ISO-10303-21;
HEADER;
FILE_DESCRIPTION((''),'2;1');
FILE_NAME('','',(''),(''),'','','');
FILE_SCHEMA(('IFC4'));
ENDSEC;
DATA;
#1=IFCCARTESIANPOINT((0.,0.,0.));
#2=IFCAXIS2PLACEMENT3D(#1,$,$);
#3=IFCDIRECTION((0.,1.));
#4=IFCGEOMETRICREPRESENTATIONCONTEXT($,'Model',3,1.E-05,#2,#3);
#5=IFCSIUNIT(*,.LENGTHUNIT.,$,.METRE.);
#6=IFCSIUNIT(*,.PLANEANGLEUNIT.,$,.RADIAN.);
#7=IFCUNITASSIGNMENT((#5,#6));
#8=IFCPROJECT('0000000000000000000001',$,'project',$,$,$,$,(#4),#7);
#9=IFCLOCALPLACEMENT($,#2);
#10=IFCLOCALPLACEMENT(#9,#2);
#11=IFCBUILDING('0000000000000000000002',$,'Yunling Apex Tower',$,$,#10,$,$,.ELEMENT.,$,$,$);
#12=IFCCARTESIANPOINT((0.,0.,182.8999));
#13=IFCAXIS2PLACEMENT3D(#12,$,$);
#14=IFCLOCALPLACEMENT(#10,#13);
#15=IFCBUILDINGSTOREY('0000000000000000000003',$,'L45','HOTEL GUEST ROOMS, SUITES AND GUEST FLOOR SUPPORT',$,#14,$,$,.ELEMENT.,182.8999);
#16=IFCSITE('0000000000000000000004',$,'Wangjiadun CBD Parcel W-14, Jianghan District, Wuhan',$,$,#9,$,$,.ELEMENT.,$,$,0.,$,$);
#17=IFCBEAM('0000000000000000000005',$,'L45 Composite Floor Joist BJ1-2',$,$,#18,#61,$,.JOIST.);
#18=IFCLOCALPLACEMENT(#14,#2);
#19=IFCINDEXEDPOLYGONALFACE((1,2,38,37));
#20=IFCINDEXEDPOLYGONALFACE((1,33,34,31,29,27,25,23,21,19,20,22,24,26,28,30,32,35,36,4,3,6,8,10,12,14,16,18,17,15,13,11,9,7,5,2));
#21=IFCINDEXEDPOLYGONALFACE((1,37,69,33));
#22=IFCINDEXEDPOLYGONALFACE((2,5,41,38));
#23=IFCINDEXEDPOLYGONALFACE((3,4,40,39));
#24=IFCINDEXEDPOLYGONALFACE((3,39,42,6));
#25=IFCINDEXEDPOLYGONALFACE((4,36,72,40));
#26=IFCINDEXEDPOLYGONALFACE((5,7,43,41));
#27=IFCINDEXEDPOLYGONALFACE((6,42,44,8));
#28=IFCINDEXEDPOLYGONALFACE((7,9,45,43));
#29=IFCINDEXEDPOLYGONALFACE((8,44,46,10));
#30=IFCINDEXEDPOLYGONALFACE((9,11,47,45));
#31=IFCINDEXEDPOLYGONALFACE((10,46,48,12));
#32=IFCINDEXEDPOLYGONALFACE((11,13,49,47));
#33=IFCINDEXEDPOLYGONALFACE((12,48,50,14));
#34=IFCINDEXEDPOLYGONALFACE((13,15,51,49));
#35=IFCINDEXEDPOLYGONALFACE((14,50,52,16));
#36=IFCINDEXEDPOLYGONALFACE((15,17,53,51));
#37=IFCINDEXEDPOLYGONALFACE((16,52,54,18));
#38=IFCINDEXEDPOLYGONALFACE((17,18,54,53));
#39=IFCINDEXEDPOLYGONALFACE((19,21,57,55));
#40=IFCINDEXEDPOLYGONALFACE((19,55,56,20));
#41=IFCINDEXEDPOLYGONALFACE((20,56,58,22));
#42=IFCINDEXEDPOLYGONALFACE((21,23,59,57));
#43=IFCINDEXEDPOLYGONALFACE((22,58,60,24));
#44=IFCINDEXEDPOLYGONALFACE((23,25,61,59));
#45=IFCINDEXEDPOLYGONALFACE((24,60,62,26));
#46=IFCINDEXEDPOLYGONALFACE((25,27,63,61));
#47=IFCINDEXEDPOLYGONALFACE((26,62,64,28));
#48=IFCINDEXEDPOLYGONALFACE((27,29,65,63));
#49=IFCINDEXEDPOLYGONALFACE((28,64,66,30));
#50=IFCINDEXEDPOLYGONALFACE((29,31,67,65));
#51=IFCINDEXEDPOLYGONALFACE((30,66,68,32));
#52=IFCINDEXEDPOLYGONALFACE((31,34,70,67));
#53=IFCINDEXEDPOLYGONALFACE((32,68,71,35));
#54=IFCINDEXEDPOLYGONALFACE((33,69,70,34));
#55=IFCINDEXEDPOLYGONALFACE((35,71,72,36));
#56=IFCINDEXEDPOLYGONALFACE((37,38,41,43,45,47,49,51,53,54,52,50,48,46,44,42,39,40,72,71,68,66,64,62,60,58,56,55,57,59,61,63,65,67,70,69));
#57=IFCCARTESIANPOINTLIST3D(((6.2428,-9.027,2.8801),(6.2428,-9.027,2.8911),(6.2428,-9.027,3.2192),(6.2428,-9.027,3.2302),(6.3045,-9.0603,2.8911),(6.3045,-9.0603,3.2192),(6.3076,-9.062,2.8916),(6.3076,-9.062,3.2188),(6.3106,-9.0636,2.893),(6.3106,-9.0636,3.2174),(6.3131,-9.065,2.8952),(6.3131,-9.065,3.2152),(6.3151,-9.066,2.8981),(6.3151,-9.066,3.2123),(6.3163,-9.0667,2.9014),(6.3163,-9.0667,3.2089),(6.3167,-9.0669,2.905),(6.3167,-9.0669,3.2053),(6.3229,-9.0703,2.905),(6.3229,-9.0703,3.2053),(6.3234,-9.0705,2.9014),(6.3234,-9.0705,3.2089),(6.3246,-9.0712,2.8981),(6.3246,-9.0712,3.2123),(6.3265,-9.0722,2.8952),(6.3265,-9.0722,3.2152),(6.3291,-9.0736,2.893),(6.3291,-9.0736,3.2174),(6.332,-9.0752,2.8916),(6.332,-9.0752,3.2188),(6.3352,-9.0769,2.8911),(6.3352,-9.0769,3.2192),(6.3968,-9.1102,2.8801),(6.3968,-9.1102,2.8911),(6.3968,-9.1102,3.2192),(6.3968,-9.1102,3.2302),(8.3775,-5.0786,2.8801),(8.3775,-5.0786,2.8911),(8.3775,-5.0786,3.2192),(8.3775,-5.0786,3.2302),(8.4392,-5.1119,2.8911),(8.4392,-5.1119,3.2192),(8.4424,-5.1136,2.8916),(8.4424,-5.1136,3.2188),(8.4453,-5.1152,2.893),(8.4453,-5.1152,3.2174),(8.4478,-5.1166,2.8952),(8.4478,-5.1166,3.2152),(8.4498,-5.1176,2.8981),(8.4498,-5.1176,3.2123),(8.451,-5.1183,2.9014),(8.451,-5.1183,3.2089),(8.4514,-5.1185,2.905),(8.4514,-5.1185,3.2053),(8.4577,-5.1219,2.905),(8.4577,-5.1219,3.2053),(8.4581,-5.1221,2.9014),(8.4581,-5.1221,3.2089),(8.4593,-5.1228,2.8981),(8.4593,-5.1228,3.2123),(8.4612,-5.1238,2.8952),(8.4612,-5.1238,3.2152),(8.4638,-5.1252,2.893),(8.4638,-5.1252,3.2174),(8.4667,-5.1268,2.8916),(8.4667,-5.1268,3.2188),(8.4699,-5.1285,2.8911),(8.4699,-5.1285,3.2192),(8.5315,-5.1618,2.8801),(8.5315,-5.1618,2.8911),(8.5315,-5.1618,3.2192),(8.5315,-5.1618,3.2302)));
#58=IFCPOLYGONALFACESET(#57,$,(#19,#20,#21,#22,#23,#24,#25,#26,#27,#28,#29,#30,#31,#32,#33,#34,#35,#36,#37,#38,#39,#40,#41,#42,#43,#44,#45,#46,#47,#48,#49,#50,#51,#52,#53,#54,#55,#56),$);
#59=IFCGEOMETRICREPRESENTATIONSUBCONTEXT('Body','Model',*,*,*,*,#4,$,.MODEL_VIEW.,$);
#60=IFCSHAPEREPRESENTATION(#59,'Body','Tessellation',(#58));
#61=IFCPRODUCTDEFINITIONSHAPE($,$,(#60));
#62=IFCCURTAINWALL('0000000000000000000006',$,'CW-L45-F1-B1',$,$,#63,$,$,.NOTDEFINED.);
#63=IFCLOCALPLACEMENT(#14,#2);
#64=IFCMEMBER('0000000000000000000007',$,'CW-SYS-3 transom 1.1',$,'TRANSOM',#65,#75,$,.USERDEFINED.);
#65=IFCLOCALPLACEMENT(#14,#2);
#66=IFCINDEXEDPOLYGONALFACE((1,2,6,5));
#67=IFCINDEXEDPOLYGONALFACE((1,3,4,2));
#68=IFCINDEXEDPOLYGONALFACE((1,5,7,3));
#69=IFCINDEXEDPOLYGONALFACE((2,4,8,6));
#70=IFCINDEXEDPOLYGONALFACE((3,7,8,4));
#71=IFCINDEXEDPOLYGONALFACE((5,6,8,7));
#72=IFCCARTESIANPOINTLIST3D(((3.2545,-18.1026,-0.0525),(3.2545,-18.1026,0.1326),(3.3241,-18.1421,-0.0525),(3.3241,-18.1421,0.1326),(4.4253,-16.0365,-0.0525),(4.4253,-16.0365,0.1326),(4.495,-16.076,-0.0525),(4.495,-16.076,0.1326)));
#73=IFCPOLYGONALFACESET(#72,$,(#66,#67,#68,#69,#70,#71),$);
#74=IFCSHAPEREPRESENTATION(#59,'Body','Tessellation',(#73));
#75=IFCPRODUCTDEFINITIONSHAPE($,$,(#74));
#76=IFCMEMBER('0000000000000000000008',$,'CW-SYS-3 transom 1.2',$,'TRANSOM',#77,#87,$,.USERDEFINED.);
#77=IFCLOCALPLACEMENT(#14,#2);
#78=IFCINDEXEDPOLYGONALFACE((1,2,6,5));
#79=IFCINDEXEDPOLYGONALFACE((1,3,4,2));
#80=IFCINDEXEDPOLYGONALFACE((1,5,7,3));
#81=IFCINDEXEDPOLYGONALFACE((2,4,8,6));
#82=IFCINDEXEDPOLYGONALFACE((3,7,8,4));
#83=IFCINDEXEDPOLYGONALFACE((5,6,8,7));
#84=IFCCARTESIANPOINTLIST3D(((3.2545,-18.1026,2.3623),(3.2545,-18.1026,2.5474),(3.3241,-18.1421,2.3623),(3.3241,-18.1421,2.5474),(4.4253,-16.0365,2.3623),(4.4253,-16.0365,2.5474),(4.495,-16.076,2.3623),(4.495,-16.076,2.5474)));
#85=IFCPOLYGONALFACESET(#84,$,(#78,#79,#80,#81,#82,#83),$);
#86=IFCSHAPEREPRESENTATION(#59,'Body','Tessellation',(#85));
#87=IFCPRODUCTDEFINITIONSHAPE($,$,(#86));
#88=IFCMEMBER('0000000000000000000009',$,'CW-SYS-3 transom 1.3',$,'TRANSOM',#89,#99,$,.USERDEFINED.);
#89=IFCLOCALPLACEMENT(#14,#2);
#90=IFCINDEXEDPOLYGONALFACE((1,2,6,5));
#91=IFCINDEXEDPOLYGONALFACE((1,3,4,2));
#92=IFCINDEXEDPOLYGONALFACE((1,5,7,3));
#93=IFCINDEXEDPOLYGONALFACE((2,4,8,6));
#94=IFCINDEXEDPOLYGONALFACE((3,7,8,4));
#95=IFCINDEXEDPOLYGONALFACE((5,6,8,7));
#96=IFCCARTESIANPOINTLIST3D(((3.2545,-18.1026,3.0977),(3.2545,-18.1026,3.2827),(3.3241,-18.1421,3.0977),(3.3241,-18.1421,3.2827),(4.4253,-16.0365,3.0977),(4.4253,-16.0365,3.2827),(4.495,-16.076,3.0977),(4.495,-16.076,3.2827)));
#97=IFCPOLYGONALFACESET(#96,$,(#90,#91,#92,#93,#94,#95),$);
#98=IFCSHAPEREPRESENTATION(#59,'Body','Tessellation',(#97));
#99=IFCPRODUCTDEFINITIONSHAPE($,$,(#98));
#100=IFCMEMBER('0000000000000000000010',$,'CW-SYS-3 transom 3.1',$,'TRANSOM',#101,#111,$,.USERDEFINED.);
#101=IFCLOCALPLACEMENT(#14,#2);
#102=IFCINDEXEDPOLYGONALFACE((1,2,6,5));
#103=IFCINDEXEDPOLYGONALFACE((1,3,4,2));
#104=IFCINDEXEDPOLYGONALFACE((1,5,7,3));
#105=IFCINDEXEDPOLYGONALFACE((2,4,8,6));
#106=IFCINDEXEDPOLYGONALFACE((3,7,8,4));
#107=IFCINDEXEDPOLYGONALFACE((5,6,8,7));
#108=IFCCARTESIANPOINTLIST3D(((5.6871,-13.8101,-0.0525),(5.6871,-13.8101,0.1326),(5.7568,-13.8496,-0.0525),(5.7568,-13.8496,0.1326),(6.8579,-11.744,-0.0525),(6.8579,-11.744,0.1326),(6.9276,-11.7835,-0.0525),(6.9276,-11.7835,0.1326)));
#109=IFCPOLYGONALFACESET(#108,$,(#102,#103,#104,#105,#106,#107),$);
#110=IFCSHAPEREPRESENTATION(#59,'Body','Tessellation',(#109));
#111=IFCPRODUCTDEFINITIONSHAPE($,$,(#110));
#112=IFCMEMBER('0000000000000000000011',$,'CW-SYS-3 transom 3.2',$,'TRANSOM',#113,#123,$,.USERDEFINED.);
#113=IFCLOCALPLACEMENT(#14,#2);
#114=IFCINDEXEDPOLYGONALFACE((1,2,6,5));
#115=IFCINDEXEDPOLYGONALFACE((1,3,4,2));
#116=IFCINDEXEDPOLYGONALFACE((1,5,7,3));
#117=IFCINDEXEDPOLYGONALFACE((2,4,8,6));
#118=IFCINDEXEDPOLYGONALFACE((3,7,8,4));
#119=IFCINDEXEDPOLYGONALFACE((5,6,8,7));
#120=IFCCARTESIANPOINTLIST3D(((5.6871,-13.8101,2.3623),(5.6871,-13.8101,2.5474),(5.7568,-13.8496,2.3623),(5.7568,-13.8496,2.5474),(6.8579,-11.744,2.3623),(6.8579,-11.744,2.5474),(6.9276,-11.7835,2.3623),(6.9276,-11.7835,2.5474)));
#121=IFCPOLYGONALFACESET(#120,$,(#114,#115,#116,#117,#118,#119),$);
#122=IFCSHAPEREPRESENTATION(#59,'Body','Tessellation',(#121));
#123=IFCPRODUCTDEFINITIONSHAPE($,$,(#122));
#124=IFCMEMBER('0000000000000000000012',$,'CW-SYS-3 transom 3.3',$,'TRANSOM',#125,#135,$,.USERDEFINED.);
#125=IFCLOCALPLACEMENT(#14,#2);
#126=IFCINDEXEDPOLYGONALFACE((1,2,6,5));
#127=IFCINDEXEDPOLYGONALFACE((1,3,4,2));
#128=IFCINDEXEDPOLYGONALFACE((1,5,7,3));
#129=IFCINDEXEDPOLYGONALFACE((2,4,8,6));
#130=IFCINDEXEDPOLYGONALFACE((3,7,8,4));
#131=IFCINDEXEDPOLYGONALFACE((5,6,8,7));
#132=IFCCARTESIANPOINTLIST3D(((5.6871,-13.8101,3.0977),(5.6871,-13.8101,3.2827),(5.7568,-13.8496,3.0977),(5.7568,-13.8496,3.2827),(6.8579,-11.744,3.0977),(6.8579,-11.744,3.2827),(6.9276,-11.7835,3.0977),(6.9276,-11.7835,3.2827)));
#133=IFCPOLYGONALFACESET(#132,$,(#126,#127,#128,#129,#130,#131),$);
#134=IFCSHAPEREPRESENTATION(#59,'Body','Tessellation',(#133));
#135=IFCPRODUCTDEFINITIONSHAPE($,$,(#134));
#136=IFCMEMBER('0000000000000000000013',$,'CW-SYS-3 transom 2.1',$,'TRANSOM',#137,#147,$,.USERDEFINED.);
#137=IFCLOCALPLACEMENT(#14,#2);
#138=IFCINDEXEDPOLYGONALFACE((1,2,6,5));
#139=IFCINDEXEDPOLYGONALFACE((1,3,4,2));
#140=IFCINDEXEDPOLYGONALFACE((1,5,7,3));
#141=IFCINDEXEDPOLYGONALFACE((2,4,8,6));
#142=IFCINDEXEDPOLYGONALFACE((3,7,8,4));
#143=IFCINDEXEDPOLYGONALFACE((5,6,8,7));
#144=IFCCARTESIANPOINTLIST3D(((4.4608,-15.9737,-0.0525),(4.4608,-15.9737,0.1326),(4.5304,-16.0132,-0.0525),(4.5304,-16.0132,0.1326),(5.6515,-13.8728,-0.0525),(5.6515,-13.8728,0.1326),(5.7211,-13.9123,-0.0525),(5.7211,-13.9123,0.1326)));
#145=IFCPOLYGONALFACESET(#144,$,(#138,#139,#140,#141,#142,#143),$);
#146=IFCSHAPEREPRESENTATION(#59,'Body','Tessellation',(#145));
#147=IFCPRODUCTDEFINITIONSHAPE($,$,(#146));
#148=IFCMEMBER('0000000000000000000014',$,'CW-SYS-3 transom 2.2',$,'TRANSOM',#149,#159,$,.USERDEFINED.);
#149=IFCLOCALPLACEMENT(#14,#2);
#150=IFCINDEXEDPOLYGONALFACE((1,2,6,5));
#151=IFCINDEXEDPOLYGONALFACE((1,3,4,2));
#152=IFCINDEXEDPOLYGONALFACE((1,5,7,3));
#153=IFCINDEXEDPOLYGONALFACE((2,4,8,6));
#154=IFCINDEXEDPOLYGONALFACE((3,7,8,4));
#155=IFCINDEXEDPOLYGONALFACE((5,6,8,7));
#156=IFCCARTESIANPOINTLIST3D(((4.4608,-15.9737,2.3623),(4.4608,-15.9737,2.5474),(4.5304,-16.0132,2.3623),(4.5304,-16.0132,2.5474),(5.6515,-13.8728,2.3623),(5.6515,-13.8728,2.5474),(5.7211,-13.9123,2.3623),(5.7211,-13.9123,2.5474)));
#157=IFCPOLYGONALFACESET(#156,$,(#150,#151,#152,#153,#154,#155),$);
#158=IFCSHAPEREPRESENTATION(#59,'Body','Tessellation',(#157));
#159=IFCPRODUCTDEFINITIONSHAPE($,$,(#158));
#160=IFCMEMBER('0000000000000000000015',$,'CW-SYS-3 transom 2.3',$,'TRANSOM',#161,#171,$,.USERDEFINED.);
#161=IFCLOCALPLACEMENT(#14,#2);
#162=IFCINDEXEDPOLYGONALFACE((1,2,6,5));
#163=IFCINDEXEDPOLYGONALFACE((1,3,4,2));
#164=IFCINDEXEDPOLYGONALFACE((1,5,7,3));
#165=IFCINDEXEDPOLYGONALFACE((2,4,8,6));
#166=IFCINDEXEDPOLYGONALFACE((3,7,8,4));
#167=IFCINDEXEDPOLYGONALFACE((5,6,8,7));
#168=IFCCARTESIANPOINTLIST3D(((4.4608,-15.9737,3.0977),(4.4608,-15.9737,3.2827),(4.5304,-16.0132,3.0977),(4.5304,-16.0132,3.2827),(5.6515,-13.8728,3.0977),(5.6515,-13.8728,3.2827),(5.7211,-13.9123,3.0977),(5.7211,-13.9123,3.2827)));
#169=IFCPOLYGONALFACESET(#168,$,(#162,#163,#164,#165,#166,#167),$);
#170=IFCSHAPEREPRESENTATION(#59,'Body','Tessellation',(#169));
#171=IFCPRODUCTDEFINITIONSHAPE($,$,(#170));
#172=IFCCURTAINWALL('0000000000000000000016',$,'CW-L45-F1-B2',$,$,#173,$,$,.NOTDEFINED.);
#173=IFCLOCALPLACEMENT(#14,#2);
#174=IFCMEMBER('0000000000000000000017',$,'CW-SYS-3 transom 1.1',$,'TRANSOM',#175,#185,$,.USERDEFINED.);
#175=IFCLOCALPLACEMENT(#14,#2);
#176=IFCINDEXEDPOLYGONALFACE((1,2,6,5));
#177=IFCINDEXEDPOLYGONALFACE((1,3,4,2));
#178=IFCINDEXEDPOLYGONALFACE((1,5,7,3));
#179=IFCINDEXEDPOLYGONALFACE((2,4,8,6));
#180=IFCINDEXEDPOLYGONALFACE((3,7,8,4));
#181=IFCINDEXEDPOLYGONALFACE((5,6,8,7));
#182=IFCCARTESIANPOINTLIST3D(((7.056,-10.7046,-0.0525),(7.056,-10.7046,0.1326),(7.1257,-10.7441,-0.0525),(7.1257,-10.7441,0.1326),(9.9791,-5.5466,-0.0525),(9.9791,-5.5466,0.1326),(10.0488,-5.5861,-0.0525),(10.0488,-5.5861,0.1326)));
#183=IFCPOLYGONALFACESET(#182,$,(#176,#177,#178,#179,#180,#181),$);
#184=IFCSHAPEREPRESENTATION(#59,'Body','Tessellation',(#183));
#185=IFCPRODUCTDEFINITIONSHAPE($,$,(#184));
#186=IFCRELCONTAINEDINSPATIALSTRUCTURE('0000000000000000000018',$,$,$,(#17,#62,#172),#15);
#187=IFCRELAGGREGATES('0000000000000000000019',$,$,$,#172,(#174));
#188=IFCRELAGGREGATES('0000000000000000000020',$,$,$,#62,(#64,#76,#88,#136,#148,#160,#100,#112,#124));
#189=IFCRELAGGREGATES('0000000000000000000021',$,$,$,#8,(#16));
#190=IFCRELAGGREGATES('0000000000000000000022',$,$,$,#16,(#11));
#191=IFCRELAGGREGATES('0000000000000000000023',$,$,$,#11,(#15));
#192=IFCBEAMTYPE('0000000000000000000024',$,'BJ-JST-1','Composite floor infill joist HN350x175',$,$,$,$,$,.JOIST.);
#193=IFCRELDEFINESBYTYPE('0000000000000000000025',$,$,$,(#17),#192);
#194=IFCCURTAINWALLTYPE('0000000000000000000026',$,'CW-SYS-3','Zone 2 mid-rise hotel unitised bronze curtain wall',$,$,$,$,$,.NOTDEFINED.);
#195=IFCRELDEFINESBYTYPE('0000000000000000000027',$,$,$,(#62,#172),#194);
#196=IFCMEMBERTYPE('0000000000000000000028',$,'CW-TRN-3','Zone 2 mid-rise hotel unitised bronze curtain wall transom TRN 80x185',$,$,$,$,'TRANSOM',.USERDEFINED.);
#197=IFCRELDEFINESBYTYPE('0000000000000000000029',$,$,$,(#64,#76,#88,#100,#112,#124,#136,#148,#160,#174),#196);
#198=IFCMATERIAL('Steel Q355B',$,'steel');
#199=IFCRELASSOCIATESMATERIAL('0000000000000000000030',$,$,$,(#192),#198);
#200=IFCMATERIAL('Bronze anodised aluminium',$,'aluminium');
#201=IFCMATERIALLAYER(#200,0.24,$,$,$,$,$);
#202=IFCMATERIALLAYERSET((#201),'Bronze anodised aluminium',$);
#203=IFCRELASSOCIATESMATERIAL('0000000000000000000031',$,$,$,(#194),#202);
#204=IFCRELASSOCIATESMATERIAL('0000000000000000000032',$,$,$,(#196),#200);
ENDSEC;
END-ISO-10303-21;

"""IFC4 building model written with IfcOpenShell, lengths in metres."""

from ifc_helpers import new_model, si_unit, direction, frame, origin, origin_2d, place, context, subcontext, project, spatial, rectangle, i_section, extrude, source, transform, mapped, material, layer, layer_set, material_profile, profile_set, type_object, element, aggregate, save


model = new_model("IFC4")

# Units and contexts
model_context = context("Model", 3, precision=1e-05, world=origin(), true_north=direction((0.0, 1.0)))
body_context = subcontext(model_context, "Body", "Model", "MODEL_VIEW")
ifc_project = project(units=[si_unit("LENGTHUNIT", "METRE"), si_unit("PLANEANGLEUNIT", "RADIAN")], contexts=[model_context])

# Site, building, storey
site_placement = place(None, origin())
site = spatial("IfcSite", under=ifc_project, at=site_placement, Name="Wangjiadun CBD Parcel W-14, Jianghan District, Wuhan", CompositionType="ELEMENT", RefElevation=0.0)
building_placement = place(site_placement, origin())
building = spatial("IfcBuilding", under=site, at=building_placement, Name="Yunling Apex Tower", CompositionType="ELEMENT")
storey_placement = place(building_placement, frame((0.0, 0.0, 182.8999)))
storey = spatial("IfcBuildingStorey", under=building, at=storey_placement, Name="L45", Description="HOTEL GUEST ROOMS, SUITES AND GUEST FLOOR SUPPORT", CompositionType="ELEMENT", Elevation=182.8999)

# Beam
ifc_material_1 = material(Name="Steel Q355B", Category="steel")
ifc_material_profile_1 = material_profile(ifc_material_1, i_section(OverallWidth=0.175, OverallDepth=0.3501, WebThickness=0.0071, FlangeThickness=0.011, FilletRadius=0.0139, at=origin_2d()))
ifc_profile_set_1 = profile_set([ifc_material_profile_1], Name="Steel Q355B")
beam_type_1 = type_object("IfcBeamType", Name="BJ-JST-1", Description="Composite floor infill joist HN350x175", PredefinedType="JOIST", material=ifc_profile_set_1)
shared_shape_1 = source(origin(), body_context, "Body", "SweptSolid", [
    extrude(i_section(OverallWidth=0.175, OverallDepth=0.3501, WebThickness=0.0071, FlangeThickness=0.011, FilletRadius=0.0139, at=origin_2d()), origin(), (0.0, 0.0, 1.0), 4.4885),
])
beam_1_placement = place(storey_placement, frame((6.3198, -9.0686, 3.0552), z_axis=(0.475594, 0.879665, 0.0), x_axis=(-0.879665, 0.475594, 0.0)))
element("IfcBeam", 1, at=beam_1_placement, inside=storey, type_object=beam_type_1, Name="L45 Composite Floor Joist BJ1-2", PredefinedType="JOIST", context=body_context, shape_type="MappedRepresentation", body=[
    mapped(shared_shape_1, transform((0.0, 0.0, 0.0), scale=1.0)),
])

# Curtain walls, members
ifc_material_2 = material(Name="Bronze anodised aluminium", Category="aluminium")
ifc_layer_1 = layer(ifc_material_2, 0.24)
ifc_layer_set_1 = layer_set([ifc_layer_1], Name="Bronze anodised aluminium")
curtain_wall_type = type_object("IfcCurtainWallType", Name="CW-SYS-3", Description="Zone 2 mid-rise hotel unitised bronze curtain wall", PredefinedType="NOTDEFINED", material=ifc_layer_set_1)
curtain_wall_1_placement = place(storey_placement, origin())
curtain_wall_1 = element("IfcCurtainWall", 2, at=curtain_wall_1_placement, inside=storey, type_object=curtain_wall_type, Name="CW-L45-F1-B1", PredefinedType="NOTDEFINED")
ifc_material_profile_2 = material_profile(ifc_material_2, rectangle(XDim=0.0801, YDim=0.1851, at=origin_2d()))
ifc_profile_set_2 = profile_set([ifc_material_profile_2], Name="Bronze anodised aluminium")
member_type_1 = type_object("IfcMemberType", Name="CW-TRN-3", Description="Zone 2 mid-rise hotel unitised bronze curtain wall transom TRN 80x185", ElementType="TRANSOM", PredefinedType="USERDEFINED", material=ifc_profile_set_2)
shared_shape_2 = source(origin(), body_context, "Body", "SweptSolid", [
    extrude(rectangle(XDim=0.0801, YDim=0.1851, at=origin_2d()), origin(), (0.0, 0.0, 1.0), 2.3748),
])
member_1_placement = place(storey_placement, frame((3.2893, -18.1223, 0.04), z_axis=(0.493036, 0.870009, 0.0), x_axis=(-0.870009, 0.493036, 0.0)))
member_1 = element("IfcMember", 3, at=member_1_placement, type_object=member_type_1, Name="CW-SYS-3 transom 1.1", ObjectType="TRANSOM", PredefinedType="USERDEFINED", context=body_context, shape_type="MappedRepresentation", body=[
    mapped(shared_shape_2, transform((0.0, 0.0, 0.0), scale=1.0)),
])
member_2_placement = place(storey_placement, frame((3.2893, -18.1223, 2.4548), z_axis=(0.493036, 0.870009, 0.0), x_axis=(-0.870009, 0.493036, 0.0)))
member_2 = element("IfcMember", 4, at=member_2_placement, type_object=member_type_1, Name="CW-SYS-3 transom 1.2", ObjectType="TRANSOM", PredefinedType="USERDEFINED", context=body_context, shape_type="MappedRepresentation", body=[
    mapped(shared_shape_2, transform((0.0, 0.0, 0.0), scale=1.0)),
])
member_3_placement = place(storey_placement, frame((3.2893, -18.1223, 3.1902), z_axis=(0.493036, 0.870009, 0.0), x_axis=(-0.870009, 0.493036, 0.0)))
member_3 = element("IfcMember", 5, at=member_3_placement, type_object=member_type_1, Name="CW-SYS-3 transom 1.3", ObjectType="TRANSOM", PredefinedType="USERDEFINED", context=body_context, shape_type="MappedRepresentation", body=[
    mapped(shared_shape_2, transform((0.0, 0.0, 0.0), scale=1.0)),
])
member_4_placement = place(storey_placement, frame((5.7219, -13.8298, 0.04), z_axis=(0.493036, 0.870009, 0.0), x_axis=(-0.870009, 0.493036, 0.0)))
member_4 = element("IfcMember", 6, at=member_4_placement, type_object=member_type_1, Name="CW-SYS-3 transom 3.1", ObjectType="TRANSOM", PredefinedType="USERDEFINED", context=body_context, shape_type="MappedRepresentation", body=[
    mapped(shared_shape_2, transform((0.0, 0.0, 0.0), scale=1.0)),
])
member_5_placement = place(storey_placement, frame((5.7219, -13.8298, 2.4548), z_axis=(0.493036, 0.870009, 0.0), x_axis=(-0.870009, 0.493036, 0.0)))
member_5 = element("IfcMember", 7, at=member_5_placement, type_object=member_type_1, Name="CW-SYS-3 transom 3.2", ObjectType="TRANSOM", PredefinedType="USERDEFINED", context=body_context, shape_type="MappedRepresentation", body=[
    mapped(shared_shape_2, transform((0.0, 0.0, 0.0), scale=1.0)),
])
member_6_placement = place(storey_placement, frame((5.7219, -13.8298, 3.1902), z_axis=(0.493036, 0.870009, 0.0), x_axis=(-0.870009, 0.493036, 0.0)))
member_6 = element("IfcMember", 8, at=member_6_placement, type_object=member_type_1, Name="CW-SYS-3 transom 3.3", ObjectType="TRANSOM", PredefinedType="USERDEFINED", context=body_context, shape_type="MappedRepresentation", body=[
    mapped(shared_shape_2, transform((0.0, 0.0, 0.0), scale=1.0)),
])
shared_shape_3 = source(origin(), body_context, "Body", "SweptSolid", [
    extrude(rectangle(XDim=0.0801, YDim=0.1851, at=origin_2d()), origin(), (0.0, 0.0, 1.0), 2.4148),
])
member_7_placement = place(storey_placement, frame((4.4956, -15.9934, 0.04), z_axis=(0.493076, 0.869986, 0.0), x_axis=(-0.869986, 0.493076, 0.0)))
member_7 = element("IfcMember", 9, at=member_7_placement, type_object=member_type_1, Name="CW-SYS-3 transom 2.1", ObjectType="TRANSOM", PredefinedType="USERDEFINED", context=body_context, shape_type="MappedRepresentation", body=[
    mapped(shared_shape_3, transform((0.0, 0.0, 0.0), scale=1.0)),
])
member_8_placement = place(storey_placement, frame((4.4956, -15.9934, 2.4548), z_axis=(0.493076, 0.869986, 0.0), x_axis=(-0.869986, 0.493076, 0.0)))
member_8 = element("IfcMember", 10, at=member_8_placement, type_object=member_type_1, Name="CW-SYS-3 transom 2.2", ObjectType="TRANSOM", PredefinedType="USERDEFINED", context=body_context, shape_type="MappedRepresentation", body=[
    mapped(shared_shape_3, transform((0.0, 0.0, 0.0), scale=1.0)),
])
member_9_placement = place(storey_placement, frame((4.4956, -15.9934, 3.1902), z_axis=(0.493076, 0.869986, 0.0), x_axis=(-0.869986, 0.493076, 0.0)))
member_9 = element("IfcMember", 11, at=member_9_placement, type_object=member_type_1, Name="CW-SYS-3 transom 2.3", ObjectType="TRANSOM", PredefinedType="USERDEFINED", context=body_context, shape_type="MappedRepresentation", body=[
    mapped(shared_shape_3, transform((0.0, 0.0, 0.0), scale=1.0)),
])
curtain_wall_2_placement = place(storey_placement, origin())
curtain_wall_2 = element("IfcCurtainWall", 12, at=curtain_wall_2_placement, inside=storey, type_object=curtain_wall_type, Name="CW-L45-F1-B2", PredefinedType="NOTDEFINED")
shared_shape_4 = source(origin(), body_context, "Body", "SweptSolid", [
    extrude(rectangle(XDim=0.0801, YDim=0.1851, at=origin_2d()), origin(), (0.0, 0.0, 1.0), 5.9287),
])
member_10_placement = place(storey_placement, frame((7.0908, -10.7244, 0.04), z_axis=(0.493045, 0.870004, 0.0), x_axis=(-0.870004, 0.493045, 0.0)))
member_10 = element("IfcMember", 13, at=member_10_placement, type_object=member_type_1, Name="CW-SYS-3 transom 1.1", ObjectType="TRANSOM", PredefinedType="USERDEFINED", context=body_context, shape_type="MappedRepresentation", body=[
    mapped(shared_shape_4, transform((0.0, 0.0, 0.0), scale=1.0)),
])

aggregate(curtain_wall_2, [member_10])

aggregate(curtain_wall_1, [member_1, member_2, member_3, member_7, member_8, member_9, member_4, member_5, member_6])

save(model, "model.ifc")
